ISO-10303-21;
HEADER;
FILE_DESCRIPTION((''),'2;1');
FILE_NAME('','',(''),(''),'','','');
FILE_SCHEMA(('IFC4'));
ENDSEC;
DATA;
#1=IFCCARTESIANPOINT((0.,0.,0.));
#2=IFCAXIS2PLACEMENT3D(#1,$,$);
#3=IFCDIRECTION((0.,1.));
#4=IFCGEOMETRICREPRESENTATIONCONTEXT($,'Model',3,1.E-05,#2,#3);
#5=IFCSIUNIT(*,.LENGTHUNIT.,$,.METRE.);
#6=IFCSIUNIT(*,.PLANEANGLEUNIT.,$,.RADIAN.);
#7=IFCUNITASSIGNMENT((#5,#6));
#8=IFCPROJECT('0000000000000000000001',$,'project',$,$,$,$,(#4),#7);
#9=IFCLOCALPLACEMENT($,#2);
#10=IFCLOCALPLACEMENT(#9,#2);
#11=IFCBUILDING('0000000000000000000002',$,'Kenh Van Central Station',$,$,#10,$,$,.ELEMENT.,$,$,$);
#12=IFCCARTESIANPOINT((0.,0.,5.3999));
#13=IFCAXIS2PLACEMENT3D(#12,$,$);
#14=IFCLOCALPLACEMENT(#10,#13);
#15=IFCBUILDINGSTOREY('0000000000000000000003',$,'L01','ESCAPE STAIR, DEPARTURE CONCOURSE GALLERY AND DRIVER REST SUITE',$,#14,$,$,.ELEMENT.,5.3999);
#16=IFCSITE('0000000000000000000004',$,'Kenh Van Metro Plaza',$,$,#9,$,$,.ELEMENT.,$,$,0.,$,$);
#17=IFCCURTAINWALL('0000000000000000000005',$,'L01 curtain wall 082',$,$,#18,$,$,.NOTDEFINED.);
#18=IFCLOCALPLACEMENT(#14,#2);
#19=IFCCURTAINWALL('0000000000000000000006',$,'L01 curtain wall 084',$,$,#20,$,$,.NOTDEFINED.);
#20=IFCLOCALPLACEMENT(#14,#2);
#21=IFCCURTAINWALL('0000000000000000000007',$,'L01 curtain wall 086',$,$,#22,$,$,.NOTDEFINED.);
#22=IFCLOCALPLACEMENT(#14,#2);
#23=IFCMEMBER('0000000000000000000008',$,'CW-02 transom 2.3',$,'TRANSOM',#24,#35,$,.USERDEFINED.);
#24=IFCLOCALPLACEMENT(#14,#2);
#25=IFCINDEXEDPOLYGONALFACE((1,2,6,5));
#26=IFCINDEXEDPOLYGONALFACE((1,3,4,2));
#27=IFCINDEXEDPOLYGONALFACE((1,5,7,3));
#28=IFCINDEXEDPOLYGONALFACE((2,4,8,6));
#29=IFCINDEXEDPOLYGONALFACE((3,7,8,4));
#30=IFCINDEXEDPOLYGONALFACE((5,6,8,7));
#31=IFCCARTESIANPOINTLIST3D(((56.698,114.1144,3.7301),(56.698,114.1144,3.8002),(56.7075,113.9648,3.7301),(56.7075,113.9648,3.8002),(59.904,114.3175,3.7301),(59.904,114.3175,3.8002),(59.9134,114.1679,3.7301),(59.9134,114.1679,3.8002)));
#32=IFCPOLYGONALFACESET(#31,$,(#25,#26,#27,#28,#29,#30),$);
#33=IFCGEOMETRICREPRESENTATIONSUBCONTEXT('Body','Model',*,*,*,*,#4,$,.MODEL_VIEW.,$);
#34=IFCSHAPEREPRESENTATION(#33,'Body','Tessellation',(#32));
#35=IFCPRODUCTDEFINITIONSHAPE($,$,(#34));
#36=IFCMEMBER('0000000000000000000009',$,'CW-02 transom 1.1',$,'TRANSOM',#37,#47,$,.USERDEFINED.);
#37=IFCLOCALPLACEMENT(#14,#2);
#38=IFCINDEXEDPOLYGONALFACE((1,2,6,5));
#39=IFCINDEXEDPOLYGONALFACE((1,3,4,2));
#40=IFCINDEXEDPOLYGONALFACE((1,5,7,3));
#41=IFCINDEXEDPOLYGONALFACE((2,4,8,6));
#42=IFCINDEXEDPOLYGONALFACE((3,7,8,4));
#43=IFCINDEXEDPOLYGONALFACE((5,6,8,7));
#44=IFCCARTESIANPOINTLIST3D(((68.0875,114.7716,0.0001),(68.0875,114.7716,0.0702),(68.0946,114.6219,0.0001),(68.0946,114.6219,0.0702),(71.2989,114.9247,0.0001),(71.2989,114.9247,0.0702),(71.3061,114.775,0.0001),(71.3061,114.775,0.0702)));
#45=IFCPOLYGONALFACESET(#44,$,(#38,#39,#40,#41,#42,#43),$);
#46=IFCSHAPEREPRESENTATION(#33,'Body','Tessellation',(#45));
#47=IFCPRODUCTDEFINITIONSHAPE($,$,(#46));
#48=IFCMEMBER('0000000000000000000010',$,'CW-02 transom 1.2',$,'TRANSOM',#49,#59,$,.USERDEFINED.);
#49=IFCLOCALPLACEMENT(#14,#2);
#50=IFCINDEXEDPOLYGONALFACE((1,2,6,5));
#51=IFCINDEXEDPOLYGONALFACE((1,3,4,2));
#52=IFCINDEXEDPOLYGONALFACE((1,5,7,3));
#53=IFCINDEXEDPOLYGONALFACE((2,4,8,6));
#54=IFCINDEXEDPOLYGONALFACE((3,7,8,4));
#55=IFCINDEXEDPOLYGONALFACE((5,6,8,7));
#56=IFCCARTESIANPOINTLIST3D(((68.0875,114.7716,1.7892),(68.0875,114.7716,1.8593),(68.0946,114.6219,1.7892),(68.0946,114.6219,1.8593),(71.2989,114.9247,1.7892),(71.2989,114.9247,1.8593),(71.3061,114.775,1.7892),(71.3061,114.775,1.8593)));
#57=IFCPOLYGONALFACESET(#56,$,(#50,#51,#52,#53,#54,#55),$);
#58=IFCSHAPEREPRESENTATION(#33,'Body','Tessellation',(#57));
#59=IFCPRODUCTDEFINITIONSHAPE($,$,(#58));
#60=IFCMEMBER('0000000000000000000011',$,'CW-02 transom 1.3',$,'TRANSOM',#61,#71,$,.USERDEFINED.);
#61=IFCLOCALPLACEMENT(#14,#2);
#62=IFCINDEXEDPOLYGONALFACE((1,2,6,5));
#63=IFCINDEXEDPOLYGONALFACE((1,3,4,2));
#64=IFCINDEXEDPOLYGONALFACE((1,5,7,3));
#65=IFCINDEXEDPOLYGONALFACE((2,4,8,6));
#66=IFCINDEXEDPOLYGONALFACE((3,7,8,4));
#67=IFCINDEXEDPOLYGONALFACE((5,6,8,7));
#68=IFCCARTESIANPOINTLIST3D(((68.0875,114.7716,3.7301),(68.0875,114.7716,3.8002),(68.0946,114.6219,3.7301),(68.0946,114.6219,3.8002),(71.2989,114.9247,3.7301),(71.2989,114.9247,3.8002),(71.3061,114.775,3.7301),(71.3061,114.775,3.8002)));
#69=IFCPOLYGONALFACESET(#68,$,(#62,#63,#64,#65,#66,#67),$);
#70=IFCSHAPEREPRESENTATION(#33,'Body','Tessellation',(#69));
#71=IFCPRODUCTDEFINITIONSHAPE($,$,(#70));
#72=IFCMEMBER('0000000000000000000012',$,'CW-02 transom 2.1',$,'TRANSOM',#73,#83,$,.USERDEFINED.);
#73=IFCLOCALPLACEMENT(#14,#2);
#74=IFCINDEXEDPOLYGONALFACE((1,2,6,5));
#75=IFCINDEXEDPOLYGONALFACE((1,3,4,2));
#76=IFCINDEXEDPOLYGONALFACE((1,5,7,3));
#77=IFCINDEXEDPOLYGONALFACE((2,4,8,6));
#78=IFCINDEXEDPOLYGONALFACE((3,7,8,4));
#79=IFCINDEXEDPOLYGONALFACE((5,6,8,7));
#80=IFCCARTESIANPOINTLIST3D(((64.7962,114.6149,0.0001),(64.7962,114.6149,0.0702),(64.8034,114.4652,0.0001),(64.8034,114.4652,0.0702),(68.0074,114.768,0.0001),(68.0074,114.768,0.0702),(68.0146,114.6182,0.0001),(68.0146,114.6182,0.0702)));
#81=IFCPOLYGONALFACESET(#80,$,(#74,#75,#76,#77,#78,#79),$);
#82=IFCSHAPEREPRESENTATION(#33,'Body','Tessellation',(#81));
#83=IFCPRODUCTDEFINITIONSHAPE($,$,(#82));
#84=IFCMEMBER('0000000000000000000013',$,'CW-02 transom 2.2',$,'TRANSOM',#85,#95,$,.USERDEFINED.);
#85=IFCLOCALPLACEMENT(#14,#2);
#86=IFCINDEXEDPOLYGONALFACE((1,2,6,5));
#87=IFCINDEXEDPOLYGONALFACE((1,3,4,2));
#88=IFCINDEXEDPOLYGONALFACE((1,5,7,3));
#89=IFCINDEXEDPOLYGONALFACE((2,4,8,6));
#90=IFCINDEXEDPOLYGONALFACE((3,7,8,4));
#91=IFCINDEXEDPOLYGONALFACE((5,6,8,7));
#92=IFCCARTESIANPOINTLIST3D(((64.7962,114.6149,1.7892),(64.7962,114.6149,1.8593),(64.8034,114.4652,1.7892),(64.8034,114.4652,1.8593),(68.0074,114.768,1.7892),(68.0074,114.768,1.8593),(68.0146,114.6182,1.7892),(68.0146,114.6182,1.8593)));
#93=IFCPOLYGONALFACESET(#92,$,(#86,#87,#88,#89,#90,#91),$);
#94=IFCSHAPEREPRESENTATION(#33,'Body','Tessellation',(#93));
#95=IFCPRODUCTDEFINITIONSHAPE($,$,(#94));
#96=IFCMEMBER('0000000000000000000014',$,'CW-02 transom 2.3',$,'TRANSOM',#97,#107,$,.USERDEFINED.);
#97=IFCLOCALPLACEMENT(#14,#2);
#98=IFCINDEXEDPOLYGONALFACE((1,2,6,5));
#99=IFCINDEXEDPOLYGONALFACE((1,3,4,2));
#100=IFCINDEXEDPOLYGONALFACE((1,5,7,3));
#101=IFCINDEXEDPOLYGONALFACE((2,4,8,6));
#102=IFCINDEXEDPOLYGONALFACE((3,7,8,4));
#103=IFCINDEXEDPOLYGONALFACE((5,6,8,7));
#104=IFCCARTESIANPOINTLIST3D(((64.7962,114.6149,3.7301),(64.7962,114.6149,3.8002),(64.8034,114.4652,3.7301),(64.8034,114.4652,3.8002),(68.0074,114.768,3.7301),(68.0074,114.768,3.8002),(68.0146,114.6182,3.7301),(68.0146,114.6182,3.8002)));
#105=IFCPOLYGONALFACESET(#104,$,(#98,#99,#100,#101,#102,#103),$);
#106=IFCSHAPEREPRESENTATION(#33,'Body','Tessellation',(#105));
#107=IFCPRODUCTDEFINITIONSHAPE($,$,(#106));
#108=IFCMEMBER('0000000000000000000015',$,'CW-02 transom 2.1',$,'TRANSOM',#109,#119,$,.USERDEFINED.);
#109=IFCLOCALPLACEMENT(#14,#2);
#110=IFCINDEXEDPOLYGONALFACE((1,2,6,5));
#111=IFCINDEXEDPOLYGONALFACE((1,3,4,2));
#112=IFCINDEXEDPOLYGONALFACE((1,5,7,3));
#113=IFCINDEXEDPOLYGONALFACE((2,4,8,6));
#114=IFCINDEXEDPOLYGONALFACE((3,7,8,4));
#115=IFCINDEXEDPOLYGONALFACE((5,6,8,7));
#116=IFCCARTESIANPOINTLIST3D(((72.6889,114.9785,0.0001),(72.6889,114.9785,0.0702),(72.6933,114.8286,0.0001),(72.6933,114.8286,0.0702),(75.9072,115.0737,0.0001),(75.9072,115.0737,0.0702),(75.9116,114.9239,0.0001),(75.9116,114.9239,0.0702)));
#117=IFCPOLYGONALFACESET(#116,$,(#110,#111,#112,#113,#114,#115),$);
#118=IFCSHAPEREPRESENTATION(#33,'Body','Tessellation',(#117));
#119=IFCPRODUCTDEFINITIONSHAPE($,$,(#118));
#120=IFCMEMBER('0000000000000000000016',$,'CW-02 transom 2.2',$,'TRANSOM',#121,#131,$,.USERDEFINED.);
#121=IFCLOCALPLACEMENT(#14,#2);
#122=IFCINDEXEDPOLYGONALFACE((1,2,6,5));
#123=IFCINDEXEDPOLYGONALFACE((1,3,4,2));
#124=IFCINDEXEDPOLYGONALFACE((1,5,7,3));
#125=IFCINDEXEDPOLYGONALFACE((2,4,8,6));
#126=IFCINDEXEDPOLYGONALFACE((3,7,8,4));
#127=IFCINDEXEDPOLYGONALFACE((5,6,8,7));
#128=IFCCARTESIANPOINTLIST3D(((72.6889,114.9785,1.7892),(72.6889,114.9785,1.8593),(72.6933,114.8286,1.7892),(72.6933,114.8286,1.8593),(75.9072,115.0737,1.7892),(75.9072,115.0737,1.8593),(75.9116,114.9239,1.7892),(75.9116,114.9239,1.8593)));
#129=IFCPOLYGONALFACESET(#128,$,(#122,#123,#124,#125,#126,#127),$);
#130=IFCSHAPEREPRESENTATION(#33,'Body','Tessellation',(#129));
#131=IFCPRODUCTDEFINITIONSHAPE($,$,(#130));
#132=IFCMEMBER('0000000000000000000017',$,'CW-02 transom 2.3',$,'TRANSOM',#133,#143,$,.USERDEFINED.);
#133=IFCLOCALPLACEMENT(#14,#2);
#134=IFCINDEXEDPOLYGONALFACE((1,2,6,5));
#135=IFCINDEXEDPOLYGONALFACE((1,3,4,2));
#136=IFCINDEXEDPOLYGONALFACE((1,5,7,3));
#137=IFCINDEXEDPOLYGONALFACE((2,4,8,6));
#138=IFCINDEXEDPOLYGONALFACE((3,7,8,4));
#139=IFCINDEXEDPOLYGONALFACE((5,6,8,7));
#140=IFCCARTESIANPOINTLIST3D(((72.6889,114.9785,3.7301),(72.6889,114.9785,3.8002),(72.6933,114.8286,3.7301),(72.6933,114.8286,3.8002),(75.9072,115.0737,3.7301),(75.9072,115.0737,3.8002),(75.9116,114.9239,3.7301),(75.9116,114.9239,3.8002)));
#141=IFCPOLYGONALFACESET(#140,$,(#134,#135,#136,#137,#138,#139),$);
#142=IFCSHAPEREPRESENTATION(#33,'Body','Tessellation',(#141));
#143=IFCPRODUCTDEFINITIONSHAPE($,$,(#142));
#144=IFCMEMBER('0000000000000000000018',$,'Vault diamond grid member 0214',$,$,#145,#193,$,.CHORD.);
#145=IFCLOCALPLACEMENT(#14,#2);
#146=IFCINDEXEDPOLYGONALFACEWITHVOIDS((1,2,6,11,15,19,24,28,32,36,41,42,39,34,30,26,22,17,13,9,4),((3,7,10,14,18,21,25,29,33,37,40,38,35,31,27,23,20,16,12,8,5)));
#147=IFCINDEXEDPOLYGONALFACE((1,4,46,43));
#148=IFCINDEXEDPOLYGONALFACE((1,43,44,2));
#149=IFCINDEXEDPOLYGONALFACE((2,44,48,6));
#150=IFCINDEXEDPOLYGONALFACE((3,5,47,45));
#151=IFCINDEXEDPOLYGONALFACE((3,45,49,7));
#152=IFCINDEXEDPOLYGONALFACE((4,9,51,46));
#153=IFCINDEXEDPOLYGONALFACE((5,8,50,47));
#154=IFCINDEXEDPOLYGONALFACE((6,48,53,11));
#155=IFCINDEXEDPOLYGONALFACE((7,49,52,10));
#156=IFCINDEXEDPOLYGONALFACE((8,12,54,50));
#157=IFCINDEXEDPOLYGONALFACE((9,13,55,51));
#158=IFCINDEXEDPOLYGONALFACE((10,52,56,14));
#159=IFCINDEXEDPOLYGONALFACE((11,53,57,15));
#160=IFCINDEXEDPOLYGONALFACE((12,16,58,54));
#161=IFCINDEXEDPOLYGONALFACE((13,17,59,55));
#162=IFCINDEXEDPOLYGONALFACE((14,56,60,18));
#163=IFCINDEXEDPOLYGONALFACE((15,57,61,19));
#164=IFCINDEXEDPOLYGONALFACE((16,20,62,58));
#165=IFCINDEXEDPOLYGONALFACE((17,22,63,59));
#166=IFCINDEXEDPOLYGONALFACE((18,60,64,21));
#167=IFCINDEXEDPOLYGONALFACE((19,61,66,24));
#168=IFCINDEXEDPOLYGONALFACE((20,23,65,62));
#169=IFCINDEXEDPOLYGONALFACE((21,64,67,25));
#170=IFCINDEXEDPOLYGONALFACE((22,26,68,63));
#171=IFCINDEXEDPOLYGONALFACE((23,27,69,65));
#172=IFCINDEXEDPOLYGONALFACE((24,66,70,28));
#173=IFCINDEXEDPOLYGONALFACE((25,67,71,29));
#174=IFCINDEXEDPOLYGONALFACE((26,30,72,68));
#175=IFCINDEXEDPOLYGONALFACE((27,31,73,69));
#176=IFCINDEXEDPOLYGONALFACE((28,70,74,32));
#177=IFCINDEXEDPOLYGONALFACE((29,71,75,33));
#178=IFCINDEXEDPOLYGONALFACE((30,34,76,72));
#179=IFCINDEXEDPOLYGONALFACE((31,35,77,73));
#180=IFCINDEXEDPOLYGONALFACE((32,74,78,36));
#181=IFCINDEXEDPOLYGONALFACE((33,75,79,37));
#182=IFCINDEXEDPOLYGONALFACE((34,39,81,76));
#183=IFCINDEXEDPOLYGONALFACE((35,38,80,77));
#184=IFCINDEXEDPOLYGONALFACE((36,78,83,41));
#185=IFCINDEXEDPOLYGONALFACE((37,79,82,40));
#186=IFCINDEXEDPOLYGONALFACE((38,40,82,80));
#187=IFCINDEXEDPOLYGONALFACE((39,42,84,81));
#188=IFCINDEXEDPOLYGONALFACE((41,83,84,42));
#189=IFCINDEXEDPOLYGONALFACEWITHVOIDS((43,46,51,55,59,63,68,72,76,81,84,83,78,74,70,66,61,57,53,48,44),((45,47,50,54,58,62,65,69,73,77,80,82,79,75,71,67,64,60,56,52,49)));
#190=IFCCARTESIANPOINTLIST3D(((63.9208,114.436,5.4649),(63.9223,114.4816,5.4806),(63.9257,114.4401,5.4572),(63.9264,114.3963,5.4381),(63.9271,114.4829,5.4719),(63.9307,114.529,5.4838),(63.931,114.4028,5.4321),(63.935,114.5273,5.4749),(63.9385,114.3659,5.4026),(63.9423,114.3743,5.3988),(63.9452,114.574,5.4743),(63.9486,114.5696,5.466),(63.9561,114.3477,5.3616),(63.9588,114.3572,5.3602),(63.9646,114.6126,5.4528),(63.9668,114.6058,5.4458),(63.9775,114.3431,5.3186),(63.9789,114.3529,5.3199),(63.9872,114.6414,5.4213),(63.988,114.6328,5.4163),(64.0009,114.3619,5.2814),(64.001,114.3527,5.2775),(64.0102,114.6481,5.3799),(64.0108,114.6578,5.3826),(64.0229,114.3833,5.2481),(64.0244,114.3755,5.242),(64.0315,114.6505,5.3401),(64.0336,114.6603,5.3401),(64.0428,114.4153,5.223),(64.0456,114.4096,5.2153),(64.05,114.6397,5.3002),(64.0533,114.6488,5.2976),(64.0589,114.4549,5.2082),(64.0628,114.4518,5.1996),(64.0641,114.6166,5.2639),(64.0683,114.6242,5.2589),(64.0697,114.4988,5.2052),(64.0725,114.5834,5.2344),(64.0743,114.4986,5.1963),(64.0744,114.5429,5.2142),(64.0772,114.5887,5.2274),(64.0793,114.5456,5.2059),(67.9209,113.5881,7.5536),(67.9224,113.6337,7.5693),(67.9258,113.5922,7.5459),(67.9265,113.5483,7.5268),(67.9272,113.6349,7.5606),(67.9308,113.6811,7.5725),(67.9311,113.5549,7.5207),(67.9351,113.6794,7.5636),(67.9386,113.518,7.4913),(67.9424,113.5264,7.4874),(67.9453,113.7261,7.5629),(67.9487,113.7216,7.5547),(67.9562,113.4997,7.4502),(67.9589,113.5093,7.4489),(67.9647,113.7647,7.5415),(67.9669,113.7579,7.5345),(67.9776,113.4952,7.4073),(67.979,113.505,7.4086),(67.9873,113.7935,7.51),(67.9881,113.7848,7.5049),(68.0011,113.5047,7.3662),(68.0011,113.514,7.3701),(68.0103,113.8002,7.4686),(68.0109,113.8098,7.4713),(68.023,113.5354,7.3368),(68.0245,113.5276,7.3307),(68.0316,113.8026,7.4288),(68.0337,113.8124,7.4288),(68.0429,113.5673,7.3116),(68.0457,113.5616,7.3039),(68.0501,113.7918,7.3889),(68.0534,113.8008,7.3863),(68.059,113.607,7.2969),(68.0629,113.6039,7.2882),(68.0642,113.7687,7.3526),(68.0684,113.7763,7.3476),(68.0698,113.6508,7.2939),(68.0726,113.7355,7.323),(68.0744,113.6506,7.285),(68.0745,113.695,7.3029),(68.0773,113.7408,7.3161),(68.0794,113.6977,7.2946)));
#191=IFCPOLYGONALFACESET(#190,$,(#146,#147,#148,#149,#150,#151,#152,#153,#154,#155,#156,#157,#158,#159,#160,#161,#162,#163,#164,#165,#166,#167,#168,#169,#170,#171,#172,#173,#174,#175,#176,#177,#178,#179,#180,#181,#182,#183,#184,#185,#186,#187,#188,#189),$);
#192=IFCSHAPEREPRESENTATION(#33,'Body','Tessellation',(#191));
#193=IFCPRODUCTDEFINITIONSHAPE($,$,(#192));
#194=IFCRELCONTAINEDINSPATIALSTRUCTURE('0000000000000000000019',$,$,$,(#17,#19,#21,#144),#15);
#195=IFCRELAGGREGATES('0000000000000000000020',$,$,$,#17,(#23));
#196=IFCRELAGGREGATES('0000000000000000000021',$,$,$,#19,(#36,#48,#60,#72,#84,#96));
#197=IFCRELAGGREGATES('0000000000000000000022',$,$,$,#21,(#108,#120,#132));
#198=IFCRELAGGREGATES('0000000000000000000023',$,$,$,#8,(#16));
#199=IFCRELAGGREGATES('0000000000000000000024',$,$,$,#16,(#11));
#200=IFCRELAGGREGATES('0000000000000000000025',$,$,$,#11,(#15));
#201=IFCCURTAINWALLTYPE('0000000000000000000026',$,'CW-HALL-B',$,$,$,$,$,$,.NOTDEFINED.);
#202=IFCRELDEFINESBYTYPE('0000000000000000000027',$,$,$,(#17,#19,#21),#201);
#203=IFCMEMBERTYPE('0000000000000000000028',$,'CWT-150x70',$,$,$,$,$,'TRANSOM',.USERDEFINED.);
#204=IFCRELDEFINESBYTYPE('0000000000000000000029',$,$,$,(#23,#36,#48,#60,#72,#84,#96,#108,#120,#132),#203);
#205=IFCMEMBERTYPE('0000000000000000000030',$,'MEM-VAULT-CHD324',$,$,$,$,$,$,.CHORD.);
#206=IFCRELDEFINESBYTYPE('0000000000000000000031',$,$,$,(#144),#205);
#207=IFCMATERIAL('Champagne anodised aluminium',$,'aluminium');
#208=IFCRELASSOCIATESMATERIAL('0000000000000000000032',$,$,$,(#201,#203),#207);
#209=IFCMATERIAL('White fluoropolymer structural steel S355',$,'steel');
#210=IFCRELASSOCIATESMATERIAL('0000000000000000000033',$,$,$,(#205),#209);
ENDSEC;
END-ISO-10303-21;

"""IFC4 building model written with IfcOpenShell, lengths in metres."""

from ifc_helpers import new_model, si_unit, direction, frame, origin, origin_2d, place, context, subcontext, project, spatial, rectangle, hollow_circle, extrude, material, material_profile, profile_set, type_object, element, aggregate, save


model = new_model("IFC4")

# Units and contexts
model_context = context("Model", 3, precision=1e-05, world=origin(), true_north=direction((0.0, 1.0)))
body_context = subcontext(model_context, "Body", "Model", "MODEL_VIEW")
ifc_project = project(units=[si_unit("LENGTHUNIT", "METRE"), si_unit("PLANEANGLEUNIT", "RADIAN")], contexts=[model_context])

# Site, building, storey
site_placement = place(None, origin())
site = spatial("IfcSite", under=ifc_project, at=site_placement, Name="Kenh Van Metro Plaza", CompositionType="ELEMENT", RefElevation=0.0)
building_placement = place(site_placement, origin())
building = spatial("IfcBuilding", under=site, at=building_placement, Name="Kenh Van Central Station", CompositionType="ELEMENT")
storey_placement = place(building_placement, frame((0.0, 0.0, 5.3999)))
storey = spatial("IfcBuildingStorey", under=building, at=storey_placement, Name="L01", Description="ESCAPE STAIR, DEPARTURE CONCOURSE GALLERY AND DRIVER REST SUITE", CompositionType="ELEMENT", Elevation=5.3999)

# Curtain walls
ifc_material_1 = material(Name="Champagne anodised aluminium", Category="aluminium")
curtain_wall_type = type_object("IfcCurtainWallType", Name="CW-HALL-B", PredefinedType="NOTDEFINED", material=ifc_material_1)
curtain_wall_1_placement = place(storey_placement, origin())
curtain_wall_1 = element("IfcCurtainWall", 1, at=curtain_wall_1_placement, inside=storey, type_object=curtain_wall_type, Name="L01 curtain wall 082", PredefinedType="NOTDEFINED")
curtain_wall_2_placement = place(storey_placement, origin())
curtain_wall_2 = element("IfcCurtainWall", 2, at=curtain_wall_2_placement, inside=storey, type_object=curtain_wall_type, Name="L01 curtain wall 084", PredefinedType="NOTDEFINED")
curtain_wall_3_placement = place(storey_placement, origin())
curtain_wall_3 = element("IfcCurtainWall", 3, at=curtain_wall_3_placement, inside=storey, type_object=curtain_wall_type, Name="L01 curtain wall 086", PredefinedType="NOTDEFINED")

# Members
ifc_material_profile_1 = material_profile(ifc_material_1, rectangle(XDim=0.1499, YDim=0.0701, at=origin_2d()), Name="AL 150x70")
ifc_profile_set_1 = profile_set([ifc_material_profile_1], Name="Champagne anodised aluminium")
member_type_1 = type_object("IfcMemberType", Name="CWT-150x70", ElementType="TRANSOM", PredefinedType="USERDEFINED", material=ifc_profile_set_1)
member_1_placement = place(storey_placement, frame((59.9087, 114.2427, 3.7651), z_axis=(-0.997999, -0.06323, 0.0), x_axis=(0.06323, -0.997999, 0.0)))
member_1 = element("IfcMember", 4, at=member_1_placement, type_object=member_type_1, Name="CW-02 transom 2.3", ObjectType="TRANSOM", PredefinedType="USERDEFINED", context=body_context, shape_type="SweptSolid", body=[
    extrude(rectangle(XDim=0.1499, YDim=0.0701, at=origin_2d()), origin(), (0.0, 0.0, 1.0), 3.2124),
])
member_2_placement = place(storey_placement, frame((71.3025, 114.8499, 0.0352), z_axis=(-0.998866, -0.047612, 0.0), x_axis=(0.047612, -0.998866, 0.0)))
member_2 = element("IfcMember", 5, at=member_2_placement, type_object=member_type_1, Name="CW-02 transom 1.1", ObjectType="TRANSOM", PredefinedType="USERDEFINED", context=body_context, shape_type="SweptSolid", body=[
    extrude(rectangle(XDim=0.1499, YDim=0.0701, at=origin_2d()), origin(), (0.0, 0.0, 1.0), 3.2151),
])
member_3_placement = place(storey_placement, frame((71.3025, 114.8499, 1.8242), z_axis=(-0.998866, -0.047612, 0.0), x_axis=(0.047612, -0.998866, 0.0)))
member_3 = element("IfcMember", 6, at=member_3_placement, type_object=member_type_1, Name="CW-02 transom 1.2", ObjectType="TRANSOM", PredefinedType="USERDEFINED", context=body_context, shape_type="SweptSolid", body=[
    extrude(rectangle(XDim=0.1499, YDim=0.0701, at=origin_2d()), origin(), (0.0, 0.0, 1.0), 3.2151),
])
member_4_placement = place(storey_placement, frame((71.3025, 114.8499, 3.7651), z_axis=(-0.998866, -0.047612, 0.0), x_axis=(0.047612, -0.998866, 0.0)))
member_4 = element("IfcMember", 7, at=member_4_placement, type_object=member_type_1, Name="CW-02 transom 1.3", ObjectType="TRANSOM", PredefinedType="USERDEFINED", context=body_context, shape_type="SweptSolid", body=[
    extrude(rectangle(XDim=0.1499, YDim=0.0701, at=origin_2d()), origin(), (0.0, 0.0, 1.0), 3.2151),
])
member_5_placement = place(storey_placement, frame((68.011, 114.6931, 0.0352), z_axis=(-0.998866, -0.047616, 0.0), x_axis=(0.047616, -0.998866, 0.0)))
member_5 = element("IfcMember", 8, at=member_5_placement, type_object=member_type_1, Name="CW-02 transom 2.1", ObjectType="TRANSOM", PredefinedType="USERDEFINED", context=body_context, shape_type="SweptSolid", body=[
    extrude(rectangle(XDim=0.1499, YDim=0.0701, at=origin_2d()), origin(), (0.0, 0.0, 1.0), 3.2148),
])
member_6_placement = place(storey_placement, frame((68.011, 114.6931, 1.8242), z_axis=(-0.998866, -0.047616, 0.0), x_axis=(0.047616, -0.998866, 0.0)))
member_6 = element("IfcMember", 9, at=member_6_placement, type_object=member_type_1, Name="CW-02 transom 2.2", ObjectType="TRANSOM", PredefinedType="USERDEFINED", context=body_context, shape_type="SweptSolid", body=[
    extrude(rectangle(XDim=0.1499, YDim=0.0701, at=origin_2d()), origin(), (0.0, 0.0, 1.0), 3.2148),
])
member_7_placement = place(storey_placement, frame((68.011, 114.6931, 3.7651), z_axis=(-0.998866, -0.047616, 0.0), x_axis=(0.047616, -0.998866, 0.0)))
member_7 = element("IfcMember", 10, at=member_7_placement, type_object=member_type_1, Name="CW-02 transom 2.3", ObjectType="TRANSOM", PredefinedType="USERDEFINED", context=body_context, shape_type="SweptSolid", body=[
    extrude(rectangle(XDim=0.1499, YDim=0.0701, at=origin_2d()), origin(), (0.0, 0.0, 1.0), 3.2148),
])
member_8_placement = place(storey_placement, frame((75.9094, 114.9988, 0.0352), z_axis=(-0.999563, -0.029573, 0.0), x_axis=(0.029573, -0.999563, 0.0)))
member_8 = element("IfcMember", 11, at=member_8_placement, type_object=member_type_1, Name="CW-02 transom 2.1", ObjectType="TRANSOM", PredefinedType="USERDEFINED", context=body_context, shape_type="SweptSolid", body=[
    extrude(rectangle(XDim=0.1499, YDim=0.0701, at=origin_2d()), origin(), (0.0, 0.0, 1.0), 3.2197),
])
member_9_placement = place(storey_placement, frame((75.9094, 114.9988, 1.8242), z_axis=(-0.999563, -0.029573, 0.0), x_axis=(0.029573, -0.999563, 0.0)))
member_9 = element("IfcMember", 12, at=member_9_placement, type_object=member_type_1, Name="CW-02 transom 2.2", ObjectType="TRANSOM", PredefinedType="USERDEFINED", context=body_context, shape_type="SweptSolid", body=[
    extrude(rectangle(XDim=0.1499, YDim=0.0701, at=origin_2d()), origin(), (0.0, 0.0, 1.0), 3.2197),
])
member_10_placement = place(storey_placement, frame((75.9094, 114.9988, 3.7651), z_axis=(-0.999563, -0.029573, 0.0), x_axis=(0.029573, -0.999563, 0.0)))
member_10 = element("IfcMember", 13, at=member_10_placement, type_object=member_type_1, Name="CW-02 transom 2.3", ObjectType="TRANSOM", PredefinedType="USERDEFINED", context=body_context, shape_type="SweptSolid", body=[
    extrude(rectangle(XDim=0.1499, YDim=0.0701, at=origin_2d()), origin(), (0.0, 0.0, 1.0), 3.2197),
])

# Member
ifc_material_2 = material(Name="White fluoropolymer structural steel S355", Category="steel")
ifc_material_profile_2 = material_profile(ifc_material_2, hollow_circle(Radius=0.1619, WallThickness=0.01, at=origin_2d()), Name="CHS 323.9x10")
ifc_profile_set_2 = profile_set([ifc_material_profile_2], Name="White fluoropolymer structural steel S355")
member_type_2 = type_object("IfcMemberType", Name="MEM-VAULT-CHD324", PredefinedType="CHORD", material=ifc_profile_set_2)
member_11_placement = place(storey_placement, frame((64.0, 114.502, 5.3401), z_axis=(0.871187, -0.18467, 0.454895), x_axis=(0.207367, 0.978263, 0.0)))
element("IfcMember", 14, at=member_11_placement, inside=storey, type_object=member_type_2, Name="Vault diamond grid member 0214", PredefinedType="CHORD", context=body_context, shape_type="SweptSolid", body=[
    extrude(hollow_circle(Radius=0.1619, WallThickness=0.01, at=origin_2d()), origin(), (0.0, 0.0, 1.0), 4.5916),
])

aggregate(curtain_wall_1, [member_1])
aggregate(curtain_wall_2, [member_2, member_3, member_4, member_5, member_6, member_7])
aggregate(curtain_wall_3, [member_8, member_9, member_10])

save(model, "model.ifc")
